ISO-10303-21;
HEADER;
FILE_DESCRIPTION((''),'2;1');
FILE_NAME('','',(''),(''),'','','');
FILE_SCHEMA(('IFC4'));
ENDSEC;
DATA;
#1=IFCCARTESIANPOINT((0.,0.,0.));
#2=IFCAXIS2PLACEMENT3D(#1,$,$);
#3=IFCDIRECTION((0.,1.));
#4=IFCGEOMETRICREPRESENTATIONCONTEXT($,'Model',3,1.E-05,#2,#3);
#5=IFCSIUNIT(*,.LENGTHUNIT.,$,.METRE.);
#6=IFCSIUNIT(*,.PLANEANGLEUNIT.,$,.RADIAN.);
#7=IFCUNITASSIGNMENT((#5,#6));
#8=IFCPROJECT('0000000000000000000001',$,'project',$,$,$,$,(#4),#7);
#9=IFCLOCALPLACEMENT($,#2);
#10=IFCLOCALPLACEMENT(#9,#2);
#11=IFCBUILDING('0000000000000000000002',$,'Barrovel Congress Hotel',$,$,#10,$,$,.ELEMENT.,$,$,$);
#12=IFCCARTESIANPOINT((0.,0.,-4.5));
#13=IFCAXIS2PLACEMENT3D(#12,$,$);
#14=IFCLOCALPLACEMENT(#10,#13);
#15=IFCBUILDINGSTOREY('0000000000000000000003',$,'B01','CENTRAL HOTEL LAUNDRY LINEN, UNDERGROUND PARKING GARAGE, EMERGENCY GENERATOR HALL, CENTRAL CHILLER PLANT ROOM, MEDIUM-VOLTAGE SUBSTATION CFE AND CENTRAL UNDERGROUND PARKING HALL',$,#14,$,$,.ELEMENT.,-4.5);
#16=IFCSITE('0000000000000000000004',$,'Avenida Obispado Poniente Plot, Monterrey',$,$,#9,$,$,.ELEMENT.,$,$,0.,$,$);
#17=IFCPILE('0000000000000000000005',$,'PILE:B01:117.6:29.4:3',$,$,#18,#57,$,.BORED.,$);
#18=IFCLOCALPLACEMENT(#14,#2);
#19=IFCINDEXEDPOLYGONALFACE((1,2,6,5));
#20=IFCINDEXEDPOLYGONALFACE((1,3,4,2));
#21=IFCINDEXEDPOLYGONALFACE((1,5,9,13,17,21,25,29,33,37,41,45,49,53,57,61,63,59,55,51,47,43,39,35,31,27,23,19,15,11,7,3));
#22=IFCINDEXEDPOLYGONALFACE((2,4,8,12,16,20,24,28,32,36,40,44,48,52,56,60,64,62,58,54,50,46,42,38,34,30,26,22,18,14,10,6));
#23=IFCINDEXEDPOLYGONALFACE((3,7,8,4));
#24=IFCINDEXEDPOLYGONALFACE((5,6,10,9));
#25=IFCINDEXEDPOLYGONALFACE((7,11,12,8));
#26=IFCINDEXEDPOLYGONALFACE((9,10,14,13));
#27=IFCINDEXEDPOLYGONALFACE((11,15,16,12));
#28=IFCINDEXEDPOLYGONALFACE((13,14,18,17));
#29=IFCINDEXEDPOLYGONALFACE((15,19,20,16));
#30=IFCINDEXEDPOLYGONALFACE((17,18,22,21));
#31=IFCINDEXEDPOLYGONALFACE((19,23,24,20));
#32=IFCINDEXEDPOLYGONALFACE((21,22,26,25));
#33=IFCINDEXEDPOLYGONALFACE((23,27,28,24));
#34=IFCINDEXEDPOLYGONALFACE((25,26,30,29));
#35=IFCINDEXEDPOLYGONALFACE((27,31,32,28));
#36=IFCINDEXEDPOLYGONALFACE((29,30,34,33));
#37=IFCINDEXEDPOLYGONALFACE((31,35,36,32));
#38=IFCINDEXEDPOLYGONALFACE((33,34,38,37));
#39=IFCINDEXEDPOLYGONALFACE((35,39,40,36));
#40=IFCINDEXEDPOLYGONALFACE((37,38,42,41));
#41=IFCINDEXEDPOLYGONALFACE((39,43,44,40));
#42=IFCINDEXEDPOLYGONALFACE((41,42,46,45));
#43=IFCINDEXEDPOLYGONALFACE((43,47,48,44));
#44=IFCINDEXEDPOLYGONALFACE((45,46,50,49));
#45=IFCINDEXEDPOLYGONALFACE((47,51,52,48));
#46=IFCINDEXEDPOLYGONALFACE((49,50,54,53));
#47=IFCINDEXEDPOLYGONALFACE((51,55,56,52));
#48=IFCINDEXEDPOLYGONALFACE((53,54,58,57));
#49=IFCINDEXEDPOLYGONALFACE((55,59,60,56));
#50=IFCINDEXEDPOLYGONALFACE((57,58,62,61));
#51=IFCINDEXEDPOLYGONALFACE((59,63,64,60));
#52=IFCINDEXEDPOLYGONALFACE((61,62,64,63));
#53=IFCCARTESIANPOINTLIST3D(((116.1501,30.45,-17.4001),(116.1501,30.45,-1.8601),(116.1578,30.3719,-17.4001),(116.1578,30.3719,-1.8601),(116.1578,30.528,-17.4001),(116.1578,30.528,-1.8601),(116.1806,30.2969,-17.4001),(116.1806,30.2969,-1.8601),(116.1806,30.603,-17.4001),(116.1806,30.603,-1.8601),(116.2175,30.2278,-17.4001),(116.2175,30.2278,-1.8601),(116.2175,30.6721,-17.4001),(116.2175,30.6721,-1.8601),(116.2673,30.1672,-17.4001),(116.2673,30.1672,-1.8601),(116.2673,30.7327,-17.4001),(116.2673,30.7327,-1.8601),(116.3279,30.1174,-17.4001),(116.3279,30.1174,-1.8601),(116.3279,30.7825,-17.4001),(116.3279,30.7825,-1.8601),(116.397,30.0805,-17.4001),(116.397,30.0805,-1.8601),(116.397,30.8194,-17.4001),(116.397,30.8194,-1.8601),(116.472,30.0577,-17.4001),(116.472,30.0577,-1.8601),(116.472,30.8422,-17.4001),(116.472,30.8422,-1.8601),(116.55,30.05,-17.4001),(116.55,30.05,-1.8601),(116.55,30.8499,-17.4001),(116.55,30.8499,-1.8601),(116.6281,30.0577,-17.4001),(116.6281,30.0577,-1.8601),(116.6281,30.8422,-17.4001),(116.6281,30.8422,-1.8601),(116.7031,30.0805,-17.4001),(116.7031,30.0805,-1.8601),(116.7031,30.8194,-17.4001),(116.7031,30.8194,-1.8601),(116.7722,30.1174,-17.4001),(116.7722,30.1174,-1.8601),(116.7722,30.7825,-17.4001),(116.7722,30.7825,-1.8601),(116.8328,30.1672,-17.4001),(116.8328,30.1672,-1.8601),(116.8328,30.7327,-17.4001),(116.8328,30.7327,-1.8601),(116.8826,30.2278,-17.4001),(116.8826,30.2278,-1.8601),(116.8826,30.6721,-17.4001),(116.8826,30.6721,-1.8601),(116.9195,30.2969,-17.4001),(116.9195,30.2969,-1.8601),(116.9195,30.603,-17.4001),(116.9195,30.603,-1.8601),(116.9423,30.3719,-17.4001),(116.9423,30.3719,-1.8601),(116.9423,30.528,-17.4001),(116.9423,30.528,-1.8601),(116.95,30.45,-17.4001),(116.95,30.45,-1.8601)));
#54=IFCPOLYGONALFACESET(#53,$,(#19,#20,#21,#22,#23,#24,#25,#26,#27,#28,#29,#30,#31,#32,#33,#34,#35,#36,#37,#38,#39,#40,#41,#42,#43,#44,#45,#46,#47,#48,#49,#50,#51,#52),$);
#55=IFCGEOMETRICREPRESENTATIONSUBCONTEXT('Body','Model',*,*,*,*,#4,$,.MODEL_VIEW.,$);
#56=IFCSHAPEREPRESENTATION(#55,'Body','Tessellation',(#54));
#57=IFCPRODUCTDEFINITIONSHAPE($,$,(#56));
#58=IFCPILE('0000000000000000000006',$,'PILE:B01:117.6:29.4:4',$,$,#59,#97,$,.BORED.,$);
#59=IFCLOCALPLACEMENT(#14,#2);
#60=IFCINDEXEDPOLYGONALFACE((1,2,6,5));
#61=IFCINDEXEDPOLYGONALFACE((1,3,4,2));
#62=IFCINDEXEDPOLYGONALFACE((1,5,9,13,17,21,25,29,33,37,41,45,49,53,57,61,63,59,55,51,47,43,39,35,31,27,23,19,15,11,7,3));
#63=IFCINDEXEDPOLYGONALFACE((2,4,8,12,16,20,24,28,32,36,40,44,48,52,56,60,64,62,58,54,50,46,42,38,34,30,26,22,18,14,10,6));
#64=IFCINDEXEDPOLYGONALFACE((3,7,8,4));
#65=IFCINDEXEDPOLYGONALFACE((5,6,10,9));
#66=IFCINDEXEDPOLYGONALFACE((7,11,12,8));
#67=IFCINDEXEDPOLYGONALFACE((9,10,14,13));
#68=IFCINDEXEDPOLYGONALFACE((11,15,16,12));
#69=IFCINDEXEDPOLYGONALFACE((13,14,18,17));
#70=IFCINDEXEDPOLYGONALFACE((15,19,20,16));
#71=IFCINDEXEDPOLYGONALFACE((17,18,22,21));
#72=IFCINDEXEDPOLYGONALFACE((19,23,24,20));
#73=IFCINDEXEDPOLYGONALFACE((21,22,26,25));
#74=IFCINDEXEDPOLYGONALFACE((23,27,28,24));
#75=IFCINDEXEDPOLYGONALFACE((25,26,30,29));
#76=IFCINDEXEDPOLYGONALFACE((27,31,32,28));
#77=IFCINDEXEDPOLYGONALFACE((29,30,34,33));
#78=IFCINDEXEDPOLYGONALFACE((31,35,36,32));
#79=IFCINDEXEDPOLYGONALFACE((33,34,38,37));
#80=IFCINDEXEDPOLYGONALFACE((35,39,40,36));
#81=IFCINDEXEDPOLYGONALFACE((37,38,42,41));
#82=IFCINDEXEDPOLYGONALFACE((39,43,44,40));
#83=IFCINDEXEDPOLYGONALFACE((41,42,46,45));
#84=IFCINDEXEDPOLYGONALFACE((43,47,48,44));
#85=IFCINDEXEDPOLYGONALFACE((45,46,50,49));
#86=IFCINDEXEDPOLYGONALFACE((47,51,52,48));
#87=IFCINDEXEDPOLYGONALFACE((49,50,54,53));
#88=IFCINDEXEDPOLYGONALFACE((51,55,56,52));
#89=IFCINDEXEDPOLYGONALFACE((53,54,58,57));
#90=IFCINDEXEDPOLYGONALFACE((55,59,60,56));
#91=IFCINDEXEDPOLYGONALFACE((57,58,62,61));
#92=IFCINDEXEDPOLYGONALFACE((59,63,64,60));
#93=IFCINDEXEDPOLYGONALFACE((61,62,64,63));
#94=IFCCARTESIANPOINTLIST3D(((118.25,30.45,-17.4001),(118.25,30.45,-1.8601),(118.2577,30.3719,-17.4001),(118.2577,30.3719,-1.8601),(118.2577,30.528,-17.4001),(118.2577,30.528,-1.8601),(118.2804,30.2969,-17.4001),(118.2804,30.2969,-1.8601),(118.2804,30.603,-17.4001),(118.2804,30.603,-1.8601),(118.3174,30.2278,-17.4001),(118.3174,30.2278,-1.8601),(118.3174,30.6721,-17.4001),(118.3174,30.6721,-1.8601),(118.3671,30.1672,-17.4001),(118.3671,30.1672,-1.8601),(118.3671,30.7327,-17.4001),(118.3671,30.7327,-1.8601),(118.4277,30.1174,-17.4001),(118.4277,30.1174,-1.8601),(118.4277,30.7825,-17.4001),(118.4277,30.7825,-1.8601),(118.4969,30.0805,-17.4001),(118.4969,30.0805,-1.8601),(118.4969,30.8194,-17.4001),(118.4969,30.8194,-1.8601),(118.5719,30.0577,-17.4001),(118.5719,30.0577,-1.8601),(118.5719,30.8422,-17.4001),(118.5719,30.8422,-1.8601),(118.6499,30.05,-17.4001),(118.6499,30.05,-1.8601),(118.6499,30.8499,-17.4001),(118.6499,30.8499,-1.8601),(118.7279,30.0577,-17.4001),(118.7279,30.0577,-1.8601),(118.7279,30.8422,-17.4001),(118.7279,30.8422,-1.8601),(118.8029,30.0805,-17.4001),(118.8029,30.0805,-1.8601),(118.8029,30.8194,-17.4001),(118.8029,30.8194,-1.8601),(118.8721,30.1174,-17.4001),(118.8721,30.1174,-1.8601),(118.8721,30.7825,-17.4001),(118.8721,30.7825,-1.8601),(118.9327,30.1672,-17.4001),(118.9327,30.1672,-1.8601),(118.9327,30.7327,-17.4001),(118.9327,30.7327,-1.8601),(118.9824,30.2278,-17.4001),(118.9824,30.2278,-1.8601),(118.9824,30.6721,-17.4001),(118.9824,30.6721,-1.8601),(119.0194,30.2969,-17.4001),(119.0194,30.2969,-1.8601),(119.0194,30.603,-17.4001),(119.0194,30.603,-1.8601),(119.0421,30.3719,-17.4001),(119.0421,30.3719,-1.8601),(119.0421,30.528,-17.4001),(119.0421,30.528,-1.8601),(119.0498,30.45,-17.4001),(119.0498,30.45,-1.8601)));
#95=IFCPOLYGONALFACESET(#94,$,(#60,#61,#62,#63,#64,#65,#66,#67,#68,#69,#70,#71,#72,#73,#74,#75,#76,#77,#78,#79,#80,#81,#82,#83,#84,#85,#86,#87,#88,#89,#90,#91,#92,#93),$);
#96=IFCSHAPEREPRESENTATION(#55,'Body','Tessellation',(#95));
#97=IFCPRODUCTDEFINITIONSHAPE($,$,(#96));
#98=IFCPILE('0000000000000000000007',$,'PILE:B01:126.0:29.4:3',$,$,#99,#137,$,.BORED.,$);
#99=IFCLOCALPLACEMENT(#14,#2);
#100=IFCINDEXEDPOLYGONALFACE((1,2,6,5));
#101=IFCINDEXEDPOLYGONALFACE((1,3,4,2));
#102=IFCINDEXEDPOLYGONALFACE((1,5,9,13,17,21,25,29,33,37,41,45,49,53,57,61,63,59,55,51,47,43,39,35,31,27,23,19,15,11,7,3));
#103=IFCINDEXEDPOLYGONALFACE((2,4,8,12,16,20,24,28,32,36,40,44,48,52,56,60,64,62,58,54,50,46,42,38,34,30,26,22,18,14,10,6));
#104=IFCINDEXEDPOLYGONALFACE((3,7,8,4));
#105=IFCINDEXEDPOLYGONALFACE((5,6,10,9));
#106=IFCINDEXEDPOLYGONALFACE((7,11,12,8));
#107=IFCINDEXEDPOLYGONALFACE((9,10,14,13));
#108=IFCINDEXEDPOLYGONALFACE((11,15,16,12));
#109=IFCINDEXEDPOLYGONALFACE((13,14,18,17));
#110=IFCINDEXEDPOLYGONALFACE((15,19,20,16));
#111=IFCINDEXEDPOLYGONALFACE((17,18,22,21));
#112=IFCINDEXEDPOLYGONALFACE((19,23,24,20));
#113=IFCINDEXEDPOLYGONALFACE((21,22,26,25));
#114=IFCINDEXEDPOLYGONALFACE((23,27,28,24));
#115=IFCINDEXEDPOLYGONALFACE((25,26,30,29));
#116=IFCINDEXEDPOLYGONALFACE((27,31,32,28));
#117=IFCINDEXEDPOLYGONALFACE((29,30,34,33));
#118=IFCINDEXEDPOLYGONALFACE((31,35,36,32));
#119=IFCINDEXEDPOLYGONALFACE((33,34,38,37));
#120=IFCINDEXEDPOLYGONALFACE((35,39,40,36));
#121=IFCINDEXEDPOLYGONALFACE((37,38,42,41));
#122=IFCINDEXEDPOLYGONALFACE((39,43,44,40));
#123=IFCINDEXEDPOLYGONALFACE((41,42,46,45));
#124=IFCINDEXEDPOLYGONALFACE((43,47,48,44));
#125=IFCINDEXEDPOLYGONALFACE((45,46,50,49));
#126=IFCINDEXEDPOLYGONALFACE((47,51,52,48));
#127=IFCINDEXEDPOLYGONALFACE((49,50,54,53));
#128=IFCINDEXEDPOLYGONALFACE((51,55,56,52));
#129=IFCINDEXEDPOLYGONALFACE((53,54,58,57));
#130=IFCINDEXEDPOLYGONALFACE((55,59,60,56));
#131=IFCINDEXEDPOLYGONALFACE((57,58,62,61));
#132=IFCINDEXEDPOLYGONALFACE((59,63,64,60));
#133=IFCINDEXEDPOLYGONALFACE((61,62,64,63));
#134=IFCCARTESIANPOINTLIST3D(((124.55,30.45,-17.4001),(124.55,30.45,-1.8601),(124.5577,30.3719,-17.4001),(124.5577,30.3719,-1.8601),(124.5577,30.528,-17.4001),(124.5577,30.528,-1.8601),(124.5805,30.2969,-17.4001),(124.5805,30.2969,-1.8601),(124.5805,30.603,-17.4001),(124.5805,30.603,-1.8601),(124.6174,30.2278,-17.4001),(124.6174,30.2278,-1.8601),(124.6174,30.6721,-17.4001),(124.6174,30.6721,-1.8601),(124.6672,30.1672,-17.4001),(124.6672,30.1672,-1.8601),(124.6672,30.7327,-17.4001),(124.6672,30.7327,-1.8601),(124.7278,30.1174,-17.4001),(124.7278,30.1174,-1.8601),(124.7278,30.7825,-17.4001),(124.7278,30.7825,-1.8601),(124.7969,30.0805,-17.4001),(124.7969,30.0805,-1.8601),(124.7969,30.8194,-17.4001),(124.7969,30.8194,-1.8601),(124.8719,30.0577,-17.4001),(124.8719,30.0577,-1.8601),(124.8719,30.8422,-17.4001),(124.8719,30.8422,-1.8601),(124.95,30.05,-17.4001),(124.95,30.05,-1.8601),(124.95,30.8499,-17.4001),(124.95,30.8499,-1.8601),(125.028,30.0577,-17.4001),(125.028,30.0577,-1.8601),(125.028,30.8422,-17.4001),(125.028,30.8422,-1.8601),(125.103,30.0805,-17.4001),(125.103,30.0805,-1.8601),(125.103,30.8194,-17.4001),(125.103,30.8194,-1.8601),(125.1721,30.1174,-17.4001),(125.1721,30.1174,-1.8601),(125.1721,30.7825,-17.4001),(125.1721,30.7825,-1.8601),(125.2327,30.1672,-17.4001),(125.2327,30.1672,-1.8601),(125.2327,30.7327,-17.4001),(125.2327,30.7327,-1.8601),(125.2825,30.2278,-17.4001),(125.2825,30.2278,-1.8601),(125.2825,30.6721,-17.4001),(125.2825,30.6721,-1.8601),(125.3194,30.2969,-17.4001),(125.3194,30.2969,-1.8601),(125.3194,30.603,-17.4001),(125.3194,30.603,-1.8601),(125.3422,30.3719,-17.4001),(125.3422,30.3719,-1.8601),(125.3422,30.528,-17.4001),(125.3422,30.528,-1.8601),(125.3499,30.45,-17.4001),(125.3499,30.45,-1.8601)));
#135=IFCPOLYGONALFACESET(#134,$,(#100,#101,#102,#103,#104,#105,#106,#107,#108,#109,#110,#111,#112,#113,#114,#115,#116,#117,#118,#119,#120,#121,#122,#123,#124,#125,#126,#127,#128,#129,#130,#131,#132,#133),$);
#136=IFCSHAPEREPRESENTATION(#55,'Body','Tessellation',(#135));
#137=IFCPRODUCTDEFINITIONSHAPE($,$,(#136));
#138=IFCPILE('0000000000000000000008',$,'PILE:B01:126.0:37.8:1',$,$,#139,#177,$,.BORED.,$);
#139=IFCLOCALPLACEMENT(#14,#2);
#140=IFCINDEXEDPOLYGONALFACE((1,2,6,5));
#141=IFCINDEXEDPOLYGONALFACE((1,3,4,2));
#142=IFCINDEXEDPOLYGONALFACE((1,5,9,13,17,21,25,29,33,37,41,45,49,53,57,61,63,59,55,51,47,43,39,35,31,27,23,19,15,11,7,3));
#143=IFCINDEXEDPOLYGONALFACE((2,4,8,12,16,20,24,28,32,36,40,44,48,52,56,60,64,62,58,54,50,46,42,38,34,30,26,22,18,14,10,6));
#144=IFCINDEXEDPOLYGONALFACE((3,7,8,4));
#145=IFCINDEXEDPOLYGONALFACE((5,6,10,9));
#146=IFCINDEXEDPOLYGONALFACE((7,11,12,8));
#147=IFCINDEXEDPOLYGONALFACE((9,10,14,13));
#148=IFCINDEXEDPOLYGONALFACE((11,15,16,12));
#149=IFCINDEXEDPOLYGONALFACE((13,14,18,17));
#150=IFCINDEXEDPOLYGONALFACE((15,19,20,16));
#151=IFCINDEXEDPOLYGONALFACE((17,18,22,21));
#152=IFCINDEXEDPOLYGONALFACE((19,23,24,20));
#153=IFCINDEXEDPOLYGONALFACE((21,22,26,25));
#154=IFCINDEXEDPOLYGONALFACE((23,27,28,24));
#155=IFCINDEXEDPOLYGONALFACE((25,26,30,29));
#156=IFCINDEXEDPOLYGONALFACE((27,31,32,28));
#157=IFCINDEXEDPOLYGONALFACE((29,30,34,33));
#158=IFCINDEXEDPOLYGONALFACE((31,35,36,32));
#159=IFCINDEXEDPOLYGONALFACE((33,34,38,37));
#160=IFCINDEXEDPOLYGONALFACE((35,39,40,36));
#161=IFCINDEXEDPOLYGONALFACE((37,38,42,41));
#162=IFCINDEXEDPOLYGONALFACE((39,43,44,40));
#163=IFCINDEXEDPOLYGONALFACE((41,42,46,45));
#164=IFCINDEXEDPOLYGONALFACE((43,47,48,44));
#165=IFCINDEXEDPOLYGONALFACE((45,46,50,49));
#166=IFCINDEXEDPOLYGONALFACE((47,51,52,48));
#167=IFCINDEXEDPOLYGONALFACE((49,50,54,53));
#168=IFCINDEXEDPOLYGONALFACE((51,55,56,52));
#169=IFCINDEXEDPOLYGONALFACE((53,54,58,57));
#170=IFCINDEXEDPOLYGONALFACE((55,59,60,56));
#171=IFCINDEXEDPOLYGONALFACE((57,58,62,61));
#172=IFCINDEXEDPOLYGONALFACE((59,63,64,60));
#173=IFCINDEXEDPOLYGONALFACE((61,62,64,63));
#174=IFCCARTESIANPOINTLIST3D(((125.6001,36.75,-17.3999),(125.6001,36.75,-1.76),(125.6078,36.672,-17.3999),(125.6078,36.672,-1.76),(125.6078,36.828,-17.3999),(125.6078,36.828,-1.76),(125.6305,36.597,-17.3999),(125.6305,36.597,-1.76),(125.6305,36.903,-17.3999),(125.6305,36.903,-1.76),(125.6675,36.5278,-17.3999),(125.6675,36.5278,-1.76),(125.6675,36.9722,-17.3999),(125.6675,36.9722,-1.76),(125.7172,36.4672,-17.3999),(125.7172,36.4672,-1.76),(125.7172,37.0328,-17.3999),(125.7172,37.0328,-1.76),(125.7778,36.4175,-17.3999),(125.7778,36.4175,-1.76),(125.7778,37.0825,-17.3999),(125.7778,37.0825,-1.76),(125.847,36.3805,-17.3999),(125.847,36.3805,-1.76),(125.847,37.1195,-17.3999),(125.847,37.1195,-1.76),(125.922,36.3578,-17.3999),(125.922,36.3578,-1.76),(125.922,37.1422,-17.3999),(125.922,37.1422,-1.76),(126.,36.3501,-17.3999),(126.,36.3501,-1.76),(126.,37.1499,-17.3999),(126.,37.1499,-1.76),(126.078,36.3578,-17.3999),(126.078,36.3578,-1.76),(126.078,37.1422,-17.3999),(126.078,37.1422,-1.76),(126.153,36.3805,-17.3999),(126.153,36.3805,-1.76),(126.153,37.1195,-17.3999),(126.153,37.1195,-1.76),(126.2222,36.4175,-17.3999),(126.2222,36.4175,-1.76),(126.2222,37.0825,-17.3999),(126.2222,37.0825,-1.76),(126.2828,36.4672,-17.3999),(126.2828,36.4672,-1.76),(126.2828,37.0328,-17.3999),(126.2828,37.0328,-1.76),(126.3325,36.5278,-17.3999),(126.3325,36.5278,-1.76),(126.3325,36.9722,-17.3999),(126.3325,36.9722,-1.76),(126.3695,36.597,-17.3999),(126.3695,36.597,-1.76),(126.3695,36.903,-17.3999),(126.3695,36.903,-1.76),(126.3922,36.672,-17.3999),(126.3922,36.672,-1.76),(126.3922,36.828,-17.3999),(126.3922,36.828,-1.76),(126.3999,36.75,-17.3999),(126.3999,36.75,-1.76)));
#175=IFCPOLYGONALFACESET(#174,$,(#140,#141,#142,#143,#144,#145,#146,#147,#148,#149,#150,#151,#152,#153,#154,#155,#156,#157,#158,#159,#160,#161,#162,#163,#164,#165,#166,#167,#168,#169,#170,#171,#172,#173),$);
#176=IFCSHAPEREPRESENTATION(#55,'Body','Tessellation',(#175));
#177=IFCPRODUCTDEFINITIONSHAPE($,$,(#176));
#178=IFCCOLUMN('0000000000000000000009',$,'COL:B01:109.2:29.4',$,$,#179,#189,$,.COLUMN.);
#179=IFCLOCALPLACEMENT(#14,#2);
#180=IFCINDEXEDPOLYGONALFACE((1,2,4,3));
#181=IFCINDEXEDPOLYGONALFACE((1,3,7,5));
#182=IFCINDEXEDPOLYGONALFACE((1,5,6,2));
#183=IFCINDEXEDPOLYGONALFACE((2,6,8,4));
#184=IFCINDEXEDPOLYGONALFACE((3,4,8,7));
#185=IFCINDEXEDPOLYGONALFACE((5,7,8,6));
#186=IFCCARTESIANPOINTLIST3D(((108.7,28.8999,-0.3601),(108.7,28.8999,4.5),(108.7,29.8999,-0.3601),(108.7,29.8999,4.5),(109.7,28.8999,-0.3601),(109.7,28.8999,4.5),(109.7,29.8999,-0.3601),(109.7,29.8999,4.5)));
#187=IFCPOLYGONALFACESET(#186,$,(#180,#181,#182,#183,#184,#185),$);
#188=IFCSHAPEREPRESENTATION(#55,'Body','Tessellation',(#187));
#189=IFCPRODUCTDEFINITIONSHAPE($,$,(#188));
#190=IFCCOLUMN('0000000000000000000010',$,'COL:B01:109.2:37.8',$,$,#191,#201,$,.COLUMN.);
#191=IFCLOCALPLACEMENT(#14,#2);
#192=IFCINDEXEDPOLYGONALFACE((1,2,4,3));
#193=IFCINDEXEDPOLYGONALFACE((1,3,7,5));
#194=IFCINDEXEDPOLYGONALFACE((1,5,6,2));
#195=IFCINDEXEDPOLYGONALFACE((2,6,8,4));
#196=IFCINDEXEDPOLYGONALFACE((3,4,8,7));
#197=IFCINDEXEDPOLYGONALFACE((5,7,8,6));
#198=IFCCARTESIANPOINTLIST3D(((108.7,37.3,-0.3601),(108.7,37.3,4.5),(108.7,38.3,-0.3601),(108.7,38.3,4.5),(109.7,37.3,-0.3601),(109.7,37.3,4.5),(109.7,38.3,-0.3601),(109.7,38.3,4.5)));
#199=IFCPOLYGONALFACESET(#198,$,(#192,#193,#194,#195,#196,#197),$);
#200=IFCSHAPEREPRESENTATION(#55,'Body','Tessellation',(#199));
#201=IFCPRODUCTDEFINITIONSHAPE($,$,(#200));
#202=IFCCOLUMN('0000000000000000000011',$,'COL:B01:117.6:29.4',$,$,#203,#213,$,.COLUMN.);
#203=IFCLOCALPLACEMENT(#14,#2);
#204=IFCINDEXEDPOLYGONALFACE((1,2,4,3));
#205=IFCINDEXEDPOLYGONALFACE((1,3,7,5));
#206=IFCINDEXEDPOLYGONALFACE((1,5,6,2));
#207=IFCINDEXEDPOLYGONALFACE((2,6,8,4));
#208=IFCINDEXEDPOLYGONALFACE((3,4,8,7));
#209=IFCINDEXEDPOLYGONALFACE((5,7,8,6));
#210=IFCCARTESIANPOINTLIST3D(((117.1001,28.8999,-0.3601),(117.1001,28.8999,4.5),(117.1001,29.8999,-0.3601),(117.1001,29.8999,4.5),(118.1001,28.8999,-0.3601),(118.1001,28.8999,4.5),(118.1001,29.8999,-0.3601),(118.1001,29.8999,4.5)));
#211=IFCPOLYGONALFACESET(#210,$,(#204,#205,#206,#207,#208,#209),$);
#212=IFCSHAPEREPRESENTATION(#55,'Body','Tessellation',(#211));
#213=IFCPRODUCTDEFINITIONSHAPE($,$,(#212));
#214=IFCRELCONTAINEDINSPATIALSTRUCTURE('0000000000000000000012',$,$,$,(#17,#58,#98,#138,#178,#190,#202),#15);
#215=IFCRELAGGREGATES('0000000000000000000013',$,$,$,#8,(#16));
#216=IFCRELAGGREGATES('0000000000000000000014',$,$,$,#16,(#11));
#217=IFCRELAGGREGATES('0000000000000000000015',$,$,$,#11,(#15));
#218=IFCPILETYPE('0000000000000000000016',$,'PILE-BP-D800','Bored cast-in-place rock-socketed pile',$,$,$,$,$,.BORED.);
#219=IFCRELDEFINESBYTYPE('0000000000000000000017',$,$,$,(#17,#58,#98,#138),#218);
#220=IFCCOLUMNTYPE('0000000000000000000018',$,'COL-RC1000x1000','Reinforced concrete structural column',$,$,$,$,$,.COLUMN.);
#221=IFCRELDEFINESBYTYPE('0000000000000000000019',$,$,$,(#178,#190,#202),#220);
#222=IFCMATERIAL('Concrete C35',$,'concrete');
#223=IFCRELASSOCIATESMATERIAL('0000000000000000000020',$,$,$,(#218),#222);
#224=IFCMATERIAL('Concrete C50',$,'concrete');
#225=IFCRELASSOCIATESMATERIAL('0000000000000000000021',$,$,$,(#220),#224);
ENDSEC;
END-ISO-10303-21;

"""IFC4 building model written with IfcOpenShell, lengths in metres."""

from ifc_helpers import new_model, si_unit, direction, frame, origin, origin_2d, place, context, subcontext, project, spatial, rectangle, circle, extrude, material, material_profile, profile_set, type_object, element, save


model = new_model("IFC4")

# Units and contexts
model_context = context("Model", 3, precision=1e-05, world=origin(), true_north=direction((0.0, 1.0)))
body_context = subcontext(model_context, "Body", "Model", "MODEL_VIEW")
ifc_project = project(units=[si_unit("LENGTHUNIT", "METRE"), si_unit("PLANEANGLEUNIT", "RADIAN")], contexts=[model_context])

# Site, building, storey
site_placement = place(None, origin())
site = spatial("IfcSite", under=ifc_project, at=site_placement, Name="Avenida Obispado Poniente Plot, Monterrey", CompositionType="ELEMENT", RefElevation=0.0)
building_placement = place(site_placement, origin())
building = spatial("IfcBuilding", under=site, at=building_placement, Name="Barrovel Congress Hotel", CompositionType="ELEMENT")
storey_placement = place(building_placement, frame((0.0, 0.0, -4.5)))
storey = spatial("IfcBuildingStorey", under=building, at=storey_placement, Name="B01", Description="CENTRAL HOTEL LAUNDRY LINEN, UNDERGROUND PARKING GARAGE, EMERGENCY GENERATOR HALL, CENTRAL CHILLER PLANT ROOM, MEDIUM-VOLTAGE SUBSTATION CFE AND CENTRAL UNDERGROUND PARKING HALL", CompositionType="ELEMENT", Elevation=-4.5)

# Piles
ifc_material_1 = material(Name="Concrete C35", Category="concrete")
ifc_material_profile_1 = material_profile(ifc_material_1, circle(Radius=0.3999, at=origin_2d()), Name="BP-D800")
ifc_profile_set_1 = profile_set([ifc_material_profile_1], Name="Concrete C35")
pile_type = type_object("IfcPileType", Name="PILE-BP-D800", Description="Bored cast-in-place rock-socketed pile", PredefinedType="BORED", material=ifc_profile_set_1)
for number, where, z_axis, x_axis, name in (
    (1, (116.55, 30.45, -1.8601), (0.0, 0.0, -1.0), (1.0, 0.0, 0.0), "PILE:B01:117.6:29.4:3"),
    (2, (118.6499, 30.45, -1.8601), (0.0, 0.0, -1.0), (1.0, 0.0, 0.0), "PILE:B01:117.6:29.4:4"),
    (3, (124.95, 30.45, -1.8601), (0.0, 0.0, -1.0), (1.0, 0.0, 0.0), "PILE:B01:126.0:29.4:3"),
):
    element("IfcPile", number, at=place(storey_placement, frame(where, z_axis=z_axis, x_axis=x_axis)), inside=storey, type_object=pile_type, Name=name, PredefinedType="BORED", context=body_context, shape_type="SweptSolid", body=[
        extrude(circle(Radius=0.3999, at=origin_2d()), origin(), (0.0, 0.0, 1.0), 15.54),
    ])
pile_placement = place(storey_placement, frame((126.0, 36.75, -1.76), z_axis=(0.0, 0.0, -1.0), x_axis=(1.0, 0.0, 0.0)))
element("IfcPile", 4, at=pile_placement, inside=storey, type_object=pile_type, Name="PILE:B01:126.0:37.8:1", PredefinedType="BORED", context=body_context, shape_type="SweptSolid", body=[
    extrude(circle(Radius=0.3999, at=origin_2d()), origin(), (0.0, 0.0, 1.0), 15.6399),
])

# Columns
ifc_material_2 = material(Name="Concrete C50", Category="concrete")
ifc_material_profile_2 = material_profile(ifc_material_2, rectangle(XDim=1.0, YDim=1.0, at=origin_2d()), Name="RC1000x1000")
ifc_profile_set_2 = profile_set([ifc_material_profile_2], Name="Concrete C50")
column_type_1 = type_object("IfcColumnType", Name="COL-RC1000x1000", Description="Reinforced concrete structural column", PredefinedType="COLUMN", material=ifc_profile_set_2)
for number, where, z_axis, x_axis, name in (
    (5, (109.2, 29.3999, -0.3601), (0.0, 0.0, 1.0), (1.0, 0.0, 0.0), "COL:B01:109.2:29.4"),
    (6, (109.2, 37.8, -0.3601), (0.0, 0.0, 1.0), (1.0, 0.0, 0.0), "COL:B01:109.2:37.8"),
    (7, (117.6001, 29.3999, -0.3601), (0.0, 0.0, 1.0), (1.0, 0.0, 0.0), "COL:B01:117.6:29.4"),
):
    element("IfcColumn", number, at=place(storey_placement, frame(where, z_axis=z_axis, x_axis=x_axis)), inside=storey, type_object=column_type_1, Name=name, PredefinedType="COLUMN", context=body_context, shape_type="SweptSolid", body=[
        extrude(rectangle(XDim=1.0, YDim=1.0, at=origin_2d()), origin(), (0.0, 0.0, 1.0), 4.8601),
    ])

save(model, "model.ifc")
